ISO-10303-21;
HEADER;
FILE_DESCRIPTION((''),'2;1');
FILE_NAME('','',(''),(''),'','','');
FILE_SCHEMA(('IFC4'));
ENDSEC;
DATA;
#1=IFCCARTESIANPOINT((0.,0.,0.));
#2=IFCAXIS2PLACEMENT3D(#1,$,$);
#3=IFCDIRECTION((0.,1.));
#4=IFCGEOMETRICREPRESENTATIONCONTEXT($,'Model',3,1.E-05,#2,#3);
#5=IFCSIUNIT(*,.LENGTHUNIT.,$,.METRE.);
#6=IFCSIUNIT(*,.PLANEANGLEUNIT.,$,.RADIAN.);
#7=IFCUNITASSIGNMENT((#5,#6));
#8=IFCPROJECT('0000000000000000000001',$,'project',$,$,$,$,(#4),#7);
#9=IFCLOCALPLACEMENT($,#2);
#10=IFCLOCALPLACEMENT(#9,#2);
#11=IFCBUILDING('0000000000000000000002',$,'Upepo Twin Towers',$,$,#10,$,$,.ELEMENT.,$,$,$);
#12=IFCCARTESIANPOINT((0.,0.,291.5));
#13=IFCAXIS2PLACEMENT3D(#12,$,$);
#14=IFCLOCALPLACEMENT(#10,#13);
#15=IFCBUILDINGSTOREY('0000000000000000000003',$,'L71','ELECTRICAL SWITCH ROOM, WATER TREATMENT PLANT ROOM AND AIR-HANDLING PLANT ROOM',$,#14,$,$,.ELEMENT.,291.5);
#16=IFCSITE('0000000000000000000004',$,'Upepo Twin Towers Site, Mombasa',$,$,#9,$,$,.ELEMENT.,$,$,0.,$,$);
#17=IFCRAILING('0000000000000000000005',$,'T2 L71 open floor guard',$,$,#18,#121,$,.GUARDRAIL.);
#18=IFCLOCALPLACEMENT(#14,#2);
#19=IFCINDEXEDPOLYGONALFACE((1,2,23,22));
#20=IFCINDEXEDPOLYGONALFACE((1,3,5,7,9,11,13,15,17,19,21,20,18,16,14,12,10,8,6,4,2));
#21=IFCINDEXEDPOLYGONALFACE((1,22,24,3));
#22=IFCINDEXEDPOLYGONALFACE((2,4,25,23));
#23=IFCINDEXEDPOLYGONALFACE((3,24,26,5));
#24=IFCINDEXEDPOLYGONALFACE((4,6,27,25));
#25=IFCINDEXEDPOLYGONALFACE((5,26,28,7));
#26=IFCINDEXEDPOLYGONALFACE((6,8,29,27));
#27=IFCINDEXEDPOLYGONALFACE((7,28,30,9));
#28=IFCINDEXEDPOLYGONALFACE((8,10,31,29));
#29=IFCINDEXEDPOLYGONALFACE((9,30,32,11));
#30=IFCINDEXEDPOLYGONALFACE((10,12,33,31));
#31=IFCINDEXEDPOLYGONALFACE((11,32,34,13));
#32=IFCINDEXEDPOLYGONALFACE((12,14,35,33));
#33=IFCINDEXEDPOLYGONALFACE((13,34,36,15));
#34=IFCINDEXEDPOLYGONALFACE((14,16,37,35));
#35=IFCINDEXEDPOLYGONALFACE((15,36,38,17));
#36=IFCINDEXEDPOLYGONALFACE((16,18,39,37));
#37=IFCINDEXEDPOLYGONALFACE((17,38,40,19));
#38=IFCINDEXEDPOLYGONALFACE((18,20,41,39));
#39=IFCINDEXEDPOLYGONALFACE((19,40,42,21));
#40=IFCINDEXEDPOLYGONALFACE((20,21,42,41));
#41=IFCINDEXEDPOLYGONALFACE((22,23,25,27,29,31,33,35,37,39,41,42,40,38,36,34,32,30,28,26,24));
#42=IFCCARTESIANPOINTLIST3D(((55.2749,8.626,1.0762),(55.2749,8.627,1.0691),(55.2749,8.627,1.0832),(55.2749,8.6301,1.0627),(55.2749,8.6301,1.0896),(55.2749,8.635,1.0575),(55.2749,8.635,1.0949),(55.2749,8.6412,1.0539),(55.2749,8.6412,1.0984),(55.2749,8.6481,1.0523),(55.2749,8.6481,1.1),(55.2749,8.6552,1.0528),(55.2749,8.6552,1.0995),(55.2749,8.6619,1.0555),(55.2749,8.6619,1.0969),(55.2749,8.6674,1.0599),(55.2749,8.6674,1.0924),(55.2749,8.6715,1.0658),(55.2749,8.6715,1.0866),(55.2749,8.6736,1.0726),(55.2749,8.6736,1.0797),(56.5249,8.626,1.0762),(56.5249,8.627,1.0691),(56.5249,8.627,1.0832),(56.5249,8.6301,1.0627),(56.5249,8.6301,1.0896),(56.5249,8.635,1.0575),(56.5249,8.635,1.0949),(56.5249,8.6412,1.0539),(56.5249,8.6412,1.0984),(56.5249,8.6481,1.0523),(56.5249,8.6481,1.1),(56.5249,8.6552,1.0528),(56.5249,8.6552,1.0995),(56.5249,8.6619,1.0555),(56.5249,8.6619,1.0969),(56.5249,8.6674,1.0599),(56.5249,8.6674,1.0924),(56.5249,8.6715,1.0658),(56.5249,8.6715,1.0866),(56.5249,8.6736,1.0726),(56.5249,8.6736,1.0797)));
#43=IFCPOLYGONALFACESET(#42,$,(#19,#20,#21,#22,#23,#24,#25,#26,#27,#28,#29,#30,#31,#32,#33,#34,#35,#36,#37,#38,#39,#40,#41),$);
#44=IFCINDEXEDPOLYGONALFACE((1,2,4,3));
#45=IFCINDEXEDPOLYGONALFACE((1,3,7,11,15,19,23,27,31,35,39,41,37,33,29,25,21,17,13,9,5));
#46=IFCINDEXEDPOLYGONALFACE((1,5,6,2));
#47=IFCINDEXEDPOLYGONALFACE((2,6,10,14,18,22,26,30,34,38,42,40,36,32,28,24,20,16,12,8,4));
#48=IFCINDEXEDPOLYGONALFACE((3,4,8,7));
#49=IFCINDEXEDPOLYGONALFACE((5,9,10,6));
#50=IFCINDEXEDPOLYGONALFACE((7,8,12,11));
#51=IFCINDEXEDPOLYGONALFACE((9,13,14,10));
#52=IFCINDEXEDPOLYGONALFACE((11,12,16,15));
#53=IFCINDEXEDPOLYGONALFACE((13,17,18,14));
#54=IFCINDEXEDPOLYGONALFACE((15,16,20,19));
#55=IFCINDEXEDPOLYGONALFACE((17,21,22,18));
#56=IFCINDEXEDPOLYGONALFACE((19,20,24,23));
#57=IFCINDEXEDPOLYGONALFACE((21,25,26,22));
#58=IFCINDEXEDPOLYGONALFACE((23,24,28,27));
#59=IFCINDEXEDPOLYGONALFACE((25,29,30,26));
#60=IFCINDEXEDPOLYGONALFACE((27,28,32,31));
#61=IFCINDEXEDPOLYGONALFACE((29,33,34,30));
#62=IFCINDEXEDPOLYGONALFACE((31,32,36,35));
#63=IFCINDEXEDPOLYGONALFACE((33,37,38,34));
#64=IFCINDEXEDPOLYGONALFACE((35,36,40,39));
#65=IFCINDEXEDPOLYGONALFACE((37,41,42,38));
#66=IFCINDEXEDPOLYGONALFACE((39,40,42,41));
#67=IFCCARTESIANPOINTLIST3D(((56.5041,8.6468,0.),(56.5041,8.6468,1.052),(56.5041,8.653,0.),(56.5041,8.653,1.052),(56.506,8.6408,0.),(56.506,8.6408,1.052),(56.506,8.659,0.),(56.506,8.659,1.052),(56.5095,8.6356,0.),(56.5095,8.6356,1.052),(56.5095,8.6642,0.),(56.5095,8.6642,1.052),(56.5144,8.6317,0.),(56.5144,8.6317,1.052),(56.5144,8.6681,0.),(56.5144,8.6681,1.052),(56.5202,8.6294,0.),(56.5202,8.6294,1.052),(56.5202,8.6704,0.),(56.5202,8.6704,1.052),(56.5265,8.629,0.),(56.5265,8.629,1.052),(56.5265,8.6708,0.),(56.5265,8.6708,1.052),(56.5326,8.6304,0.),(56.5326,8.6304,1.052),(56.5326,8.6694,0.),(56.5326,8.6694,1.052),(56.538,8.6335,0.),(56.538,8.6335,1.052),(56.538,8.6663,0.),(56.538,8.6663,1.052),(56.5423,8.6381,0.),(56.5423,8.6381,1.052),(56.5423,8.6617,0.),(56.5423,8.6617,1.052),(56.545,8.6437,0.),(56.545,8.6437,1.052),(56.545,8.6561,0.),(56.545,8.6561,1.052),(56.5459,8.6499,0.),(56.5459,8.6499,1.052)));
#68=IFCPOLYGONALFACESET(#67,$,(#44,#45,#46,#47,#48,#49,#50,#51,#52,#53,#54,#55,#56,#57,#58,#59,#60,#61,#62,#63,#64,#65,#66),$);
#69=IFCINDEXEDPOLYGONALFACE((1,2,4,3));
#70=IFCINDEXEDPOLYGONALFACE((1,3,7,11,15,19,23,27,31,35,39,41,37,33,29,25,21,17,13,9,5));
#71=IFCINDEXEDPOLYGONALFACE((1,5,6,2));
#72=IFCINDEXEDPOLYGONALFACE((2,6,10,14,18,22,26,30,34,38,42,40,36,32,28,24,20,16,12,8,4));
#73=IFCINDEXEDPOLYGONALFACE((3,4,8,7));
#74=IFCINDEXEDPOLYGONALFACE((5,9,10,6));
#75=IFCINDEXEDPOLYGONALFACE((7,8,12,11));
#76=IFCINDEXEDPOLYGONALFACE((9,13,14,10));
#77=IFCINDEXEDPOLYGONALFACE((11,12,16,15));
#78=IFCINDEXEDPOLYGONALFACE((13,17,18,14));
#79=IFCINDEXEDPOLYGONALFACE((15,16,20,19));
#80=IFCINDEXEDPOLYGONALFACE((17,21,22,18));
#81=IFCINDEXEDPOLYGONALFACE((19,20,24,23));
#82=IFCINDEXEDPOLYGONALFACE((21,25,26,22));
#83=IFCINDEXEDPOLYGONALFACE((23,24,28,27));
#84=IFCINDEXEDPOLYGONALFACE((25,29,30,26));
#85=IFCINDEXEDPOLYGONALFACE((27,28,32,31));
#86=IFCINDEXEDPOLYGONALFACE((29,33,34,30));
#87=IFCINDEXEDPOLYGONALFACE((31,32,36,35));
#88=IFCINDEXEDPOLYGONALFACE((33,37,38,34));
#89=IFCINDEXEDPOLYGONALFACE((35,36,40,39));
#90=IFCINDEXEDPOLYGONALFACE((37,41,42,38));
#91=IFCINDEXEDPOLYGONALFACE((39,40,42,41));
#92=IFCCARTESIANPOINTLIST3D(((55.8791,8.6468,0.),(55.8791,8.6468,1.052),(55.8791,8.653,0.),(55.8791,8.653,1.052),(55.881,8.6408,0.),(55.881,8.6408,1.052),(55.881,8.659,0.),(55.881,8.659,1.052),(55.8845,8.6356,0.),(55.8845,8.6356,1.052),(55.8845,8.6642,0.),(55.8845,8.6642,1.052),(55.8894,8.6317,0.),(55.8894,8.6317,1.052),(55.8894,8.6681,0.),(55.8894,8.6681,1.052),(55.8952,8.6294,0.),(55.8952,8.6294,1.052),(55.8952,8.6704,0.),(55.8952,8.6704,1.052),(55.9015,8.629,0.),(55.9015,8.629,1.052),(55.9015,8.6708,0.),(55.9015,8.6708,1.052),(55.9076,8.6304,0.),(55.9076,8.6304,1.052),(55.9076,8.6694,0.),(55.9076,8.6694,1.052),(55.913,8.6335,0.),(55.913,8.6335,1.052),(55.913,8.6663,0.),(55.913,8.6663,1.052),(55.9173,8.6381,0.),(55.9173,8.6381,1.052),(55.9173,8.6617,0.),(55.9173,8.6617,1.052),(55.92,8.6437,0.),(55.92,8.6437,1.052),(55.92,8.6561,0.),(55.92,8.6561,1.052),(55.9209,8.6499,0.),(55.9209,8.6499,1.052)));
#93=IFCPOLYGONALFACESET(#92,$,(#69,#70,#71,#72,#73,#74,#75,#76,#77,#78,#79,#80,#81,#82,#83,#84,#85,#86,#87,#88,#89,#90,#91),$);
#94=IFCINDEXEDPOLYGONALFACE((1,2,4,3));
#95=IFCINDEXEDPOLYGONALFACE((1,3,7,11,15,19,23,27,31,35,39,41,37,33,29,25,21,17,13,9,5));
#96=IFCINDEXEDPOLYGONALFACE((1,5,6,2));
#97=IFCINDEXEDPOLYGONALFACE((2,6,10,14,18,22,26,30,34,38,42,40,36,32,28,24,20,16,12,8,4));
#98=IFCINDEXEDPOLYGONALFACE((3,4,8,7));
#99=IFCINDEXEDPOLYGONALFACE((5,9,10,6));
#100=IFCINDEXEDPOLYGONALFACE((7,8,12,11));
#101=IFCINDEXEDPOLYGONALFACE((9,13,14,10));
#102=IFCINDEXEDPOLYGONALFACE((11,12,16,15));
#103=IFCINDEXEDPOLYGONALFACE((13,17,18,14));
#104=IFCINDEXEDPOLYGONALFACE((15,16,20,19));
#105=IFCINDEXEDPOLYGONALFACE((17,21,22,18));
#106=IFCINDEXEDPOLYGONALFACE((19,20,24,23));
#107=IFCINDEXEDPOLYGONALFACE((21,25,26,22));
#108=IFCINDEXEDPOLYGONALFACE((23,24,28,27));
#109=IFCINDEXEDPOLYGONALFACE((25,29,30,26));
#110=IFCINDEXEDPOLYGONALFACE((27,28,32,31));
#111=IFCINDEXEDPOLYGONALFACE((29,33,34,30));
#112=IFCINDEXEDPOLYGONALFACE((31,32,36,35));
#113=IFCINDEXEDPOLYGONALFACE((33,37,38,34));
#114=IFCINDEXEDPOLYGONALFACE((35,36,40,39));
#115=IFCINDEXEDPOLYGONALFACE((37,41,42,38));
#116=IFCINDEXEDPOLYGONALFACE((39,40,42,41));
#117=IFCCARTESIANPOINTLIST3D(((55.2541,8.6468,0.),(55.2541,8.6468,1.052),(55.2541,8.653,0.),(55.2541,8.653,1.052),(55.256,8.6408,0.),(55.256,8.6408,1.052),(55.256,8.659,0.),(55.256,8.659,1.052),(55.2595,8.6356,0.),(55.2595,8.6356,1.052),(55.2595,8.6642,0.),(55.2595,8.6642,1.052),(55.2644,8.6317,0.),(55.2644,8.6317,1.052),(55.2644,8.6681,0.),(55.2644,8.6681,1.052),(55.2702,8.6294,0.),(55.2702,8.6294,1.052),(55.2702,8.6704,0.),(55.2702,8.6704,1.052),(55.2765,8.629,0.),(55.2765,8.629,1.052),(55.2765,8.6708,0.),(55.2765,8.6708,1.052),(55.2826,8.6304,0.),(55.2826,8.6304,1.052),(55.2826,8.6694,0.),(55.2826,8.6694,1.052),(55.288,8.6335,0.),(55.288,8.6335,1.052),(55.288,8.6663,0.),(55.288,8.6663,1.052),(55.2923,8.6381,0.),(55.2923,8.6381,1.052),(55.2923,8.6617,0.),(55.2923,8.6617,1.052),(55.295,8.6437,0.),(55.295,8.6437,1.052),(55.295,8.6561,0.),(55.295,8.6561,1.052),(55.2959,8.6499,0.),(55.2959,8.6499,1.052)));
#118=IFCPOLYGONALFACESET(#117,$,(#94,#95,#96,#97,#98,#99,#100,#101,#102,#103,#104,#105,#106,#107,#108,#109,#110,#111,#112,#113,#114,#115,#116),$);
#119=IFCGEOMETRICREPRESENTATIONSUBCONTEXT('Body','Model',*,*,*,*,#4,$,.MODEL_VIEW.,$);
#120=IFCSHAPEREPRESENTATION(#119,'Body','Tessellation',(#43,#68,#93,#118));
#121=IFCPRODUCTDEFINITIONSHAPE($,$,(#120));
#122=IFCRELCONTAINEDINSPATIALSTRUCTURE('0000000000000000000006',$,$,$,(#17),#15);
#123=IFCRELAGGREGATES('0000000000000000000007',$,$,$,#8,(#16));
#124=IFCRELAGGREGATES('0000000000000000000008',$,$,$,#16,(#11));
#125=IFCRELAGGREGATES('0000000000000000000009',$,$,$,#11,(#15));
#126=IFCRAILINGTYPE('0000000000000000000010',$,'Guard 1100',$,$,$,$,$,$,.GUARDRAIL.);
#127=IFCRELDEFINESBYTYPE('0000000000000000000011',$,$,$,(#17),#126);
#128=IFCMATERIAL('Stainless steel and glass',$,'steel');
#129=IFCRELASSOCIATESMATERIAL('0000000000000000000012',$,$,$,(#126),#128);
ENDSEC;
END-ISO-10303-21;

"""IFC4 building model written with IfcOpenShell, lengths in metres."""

from ifc_helpers import new_model, si_unit, direction, frame, origin, origin_2d, place, context, subcontext, project, spatial, circle, extrude, material, type_object, element, save


model = new_model("IFC4")

# Units and contexts
model_context = context("Model", 3, precision=1e-05, world=origin(), true_north=direction((0.0, 1.0)))
body_context = subcontext(model_context, "Body", "Model", "MODEL_VIEW")
ifc_project = project(units=[si_unit("LENGTHUNIT", "METRE"), si_unit("PLANEANGLEUNIT", "RADIAN")], contexts=[model_context])

# Site, building, storey
site_placement = place(None, origin())
site = spatial("IfcSite", under=ifc_project, at=site_placement, Name="Upepo Twin Towers Site, Mombasa", CompositionType="ELEMENT", RefElevation=0.0)
building_placement = place(site_placement, origin())
building = spatial("IfcBuilding", under=site, at=building_placement, Name="Upepo Twin Towers", CompositionType="ELEMENT")
storey_placement = place(building_placement, frame((0.0, 0.0, 291.5)))
storey = spatial("IfcBuildingStorey", under=building, at=storey_placement, Name="L71", Description="ELECTRICAL SWITCH ROOM, WATER TREATMENT PLANT ROOM AND AIR-HANDLING PLANT ROOM", CompositionType="ELEMENT", Elevation=291.5)

# Railing
ifc_material_1 = material(Name="Stainless steel and glass", Category="steel")
railing_type = type_object("IfcRailingType", Name="Guard 1100", PredefinedType="GUARDRAIL", material=ifc_material_1)
railing_placement = place(storey_placement, frame((56.5249, 8.6499, 0.0)))
element("IfcRailing", 1, at=railing_placement, inside=storey, type_object=railing_type, Name="T2 L71 open floor guard", PredefinedType="GUARDRAIL", context=body_context, shape_type="SweptSolid", body=[
    extrude(circle(Radius=0.0239, at=origin_2d()), frame((0.0, 0.0, 1.0762), z_axis=(-1.0, 0.0, 0.0), x_axis=(0.0, -1.0, 0.0)), (0.0, 0.0, 1.0), 1.25),
    extrude(circle(Radius=0.021, at=origin_2d()), origin(), (0.0, 0.0, 1.0), 1.052),
    extrude(circle(Radius=0.021, at=origin_2d()), frame((-0.625, 0.0, 0.0)), (0.0, 0.0, 1.0), 1.052),
    extrude(circle(Radius=0.021, at=origin_2d()), frame((-1.25, 0.0, 0.0)), (0.0, 0.0, 1.0), 1.052),
])

save(model, "model.ifc")
